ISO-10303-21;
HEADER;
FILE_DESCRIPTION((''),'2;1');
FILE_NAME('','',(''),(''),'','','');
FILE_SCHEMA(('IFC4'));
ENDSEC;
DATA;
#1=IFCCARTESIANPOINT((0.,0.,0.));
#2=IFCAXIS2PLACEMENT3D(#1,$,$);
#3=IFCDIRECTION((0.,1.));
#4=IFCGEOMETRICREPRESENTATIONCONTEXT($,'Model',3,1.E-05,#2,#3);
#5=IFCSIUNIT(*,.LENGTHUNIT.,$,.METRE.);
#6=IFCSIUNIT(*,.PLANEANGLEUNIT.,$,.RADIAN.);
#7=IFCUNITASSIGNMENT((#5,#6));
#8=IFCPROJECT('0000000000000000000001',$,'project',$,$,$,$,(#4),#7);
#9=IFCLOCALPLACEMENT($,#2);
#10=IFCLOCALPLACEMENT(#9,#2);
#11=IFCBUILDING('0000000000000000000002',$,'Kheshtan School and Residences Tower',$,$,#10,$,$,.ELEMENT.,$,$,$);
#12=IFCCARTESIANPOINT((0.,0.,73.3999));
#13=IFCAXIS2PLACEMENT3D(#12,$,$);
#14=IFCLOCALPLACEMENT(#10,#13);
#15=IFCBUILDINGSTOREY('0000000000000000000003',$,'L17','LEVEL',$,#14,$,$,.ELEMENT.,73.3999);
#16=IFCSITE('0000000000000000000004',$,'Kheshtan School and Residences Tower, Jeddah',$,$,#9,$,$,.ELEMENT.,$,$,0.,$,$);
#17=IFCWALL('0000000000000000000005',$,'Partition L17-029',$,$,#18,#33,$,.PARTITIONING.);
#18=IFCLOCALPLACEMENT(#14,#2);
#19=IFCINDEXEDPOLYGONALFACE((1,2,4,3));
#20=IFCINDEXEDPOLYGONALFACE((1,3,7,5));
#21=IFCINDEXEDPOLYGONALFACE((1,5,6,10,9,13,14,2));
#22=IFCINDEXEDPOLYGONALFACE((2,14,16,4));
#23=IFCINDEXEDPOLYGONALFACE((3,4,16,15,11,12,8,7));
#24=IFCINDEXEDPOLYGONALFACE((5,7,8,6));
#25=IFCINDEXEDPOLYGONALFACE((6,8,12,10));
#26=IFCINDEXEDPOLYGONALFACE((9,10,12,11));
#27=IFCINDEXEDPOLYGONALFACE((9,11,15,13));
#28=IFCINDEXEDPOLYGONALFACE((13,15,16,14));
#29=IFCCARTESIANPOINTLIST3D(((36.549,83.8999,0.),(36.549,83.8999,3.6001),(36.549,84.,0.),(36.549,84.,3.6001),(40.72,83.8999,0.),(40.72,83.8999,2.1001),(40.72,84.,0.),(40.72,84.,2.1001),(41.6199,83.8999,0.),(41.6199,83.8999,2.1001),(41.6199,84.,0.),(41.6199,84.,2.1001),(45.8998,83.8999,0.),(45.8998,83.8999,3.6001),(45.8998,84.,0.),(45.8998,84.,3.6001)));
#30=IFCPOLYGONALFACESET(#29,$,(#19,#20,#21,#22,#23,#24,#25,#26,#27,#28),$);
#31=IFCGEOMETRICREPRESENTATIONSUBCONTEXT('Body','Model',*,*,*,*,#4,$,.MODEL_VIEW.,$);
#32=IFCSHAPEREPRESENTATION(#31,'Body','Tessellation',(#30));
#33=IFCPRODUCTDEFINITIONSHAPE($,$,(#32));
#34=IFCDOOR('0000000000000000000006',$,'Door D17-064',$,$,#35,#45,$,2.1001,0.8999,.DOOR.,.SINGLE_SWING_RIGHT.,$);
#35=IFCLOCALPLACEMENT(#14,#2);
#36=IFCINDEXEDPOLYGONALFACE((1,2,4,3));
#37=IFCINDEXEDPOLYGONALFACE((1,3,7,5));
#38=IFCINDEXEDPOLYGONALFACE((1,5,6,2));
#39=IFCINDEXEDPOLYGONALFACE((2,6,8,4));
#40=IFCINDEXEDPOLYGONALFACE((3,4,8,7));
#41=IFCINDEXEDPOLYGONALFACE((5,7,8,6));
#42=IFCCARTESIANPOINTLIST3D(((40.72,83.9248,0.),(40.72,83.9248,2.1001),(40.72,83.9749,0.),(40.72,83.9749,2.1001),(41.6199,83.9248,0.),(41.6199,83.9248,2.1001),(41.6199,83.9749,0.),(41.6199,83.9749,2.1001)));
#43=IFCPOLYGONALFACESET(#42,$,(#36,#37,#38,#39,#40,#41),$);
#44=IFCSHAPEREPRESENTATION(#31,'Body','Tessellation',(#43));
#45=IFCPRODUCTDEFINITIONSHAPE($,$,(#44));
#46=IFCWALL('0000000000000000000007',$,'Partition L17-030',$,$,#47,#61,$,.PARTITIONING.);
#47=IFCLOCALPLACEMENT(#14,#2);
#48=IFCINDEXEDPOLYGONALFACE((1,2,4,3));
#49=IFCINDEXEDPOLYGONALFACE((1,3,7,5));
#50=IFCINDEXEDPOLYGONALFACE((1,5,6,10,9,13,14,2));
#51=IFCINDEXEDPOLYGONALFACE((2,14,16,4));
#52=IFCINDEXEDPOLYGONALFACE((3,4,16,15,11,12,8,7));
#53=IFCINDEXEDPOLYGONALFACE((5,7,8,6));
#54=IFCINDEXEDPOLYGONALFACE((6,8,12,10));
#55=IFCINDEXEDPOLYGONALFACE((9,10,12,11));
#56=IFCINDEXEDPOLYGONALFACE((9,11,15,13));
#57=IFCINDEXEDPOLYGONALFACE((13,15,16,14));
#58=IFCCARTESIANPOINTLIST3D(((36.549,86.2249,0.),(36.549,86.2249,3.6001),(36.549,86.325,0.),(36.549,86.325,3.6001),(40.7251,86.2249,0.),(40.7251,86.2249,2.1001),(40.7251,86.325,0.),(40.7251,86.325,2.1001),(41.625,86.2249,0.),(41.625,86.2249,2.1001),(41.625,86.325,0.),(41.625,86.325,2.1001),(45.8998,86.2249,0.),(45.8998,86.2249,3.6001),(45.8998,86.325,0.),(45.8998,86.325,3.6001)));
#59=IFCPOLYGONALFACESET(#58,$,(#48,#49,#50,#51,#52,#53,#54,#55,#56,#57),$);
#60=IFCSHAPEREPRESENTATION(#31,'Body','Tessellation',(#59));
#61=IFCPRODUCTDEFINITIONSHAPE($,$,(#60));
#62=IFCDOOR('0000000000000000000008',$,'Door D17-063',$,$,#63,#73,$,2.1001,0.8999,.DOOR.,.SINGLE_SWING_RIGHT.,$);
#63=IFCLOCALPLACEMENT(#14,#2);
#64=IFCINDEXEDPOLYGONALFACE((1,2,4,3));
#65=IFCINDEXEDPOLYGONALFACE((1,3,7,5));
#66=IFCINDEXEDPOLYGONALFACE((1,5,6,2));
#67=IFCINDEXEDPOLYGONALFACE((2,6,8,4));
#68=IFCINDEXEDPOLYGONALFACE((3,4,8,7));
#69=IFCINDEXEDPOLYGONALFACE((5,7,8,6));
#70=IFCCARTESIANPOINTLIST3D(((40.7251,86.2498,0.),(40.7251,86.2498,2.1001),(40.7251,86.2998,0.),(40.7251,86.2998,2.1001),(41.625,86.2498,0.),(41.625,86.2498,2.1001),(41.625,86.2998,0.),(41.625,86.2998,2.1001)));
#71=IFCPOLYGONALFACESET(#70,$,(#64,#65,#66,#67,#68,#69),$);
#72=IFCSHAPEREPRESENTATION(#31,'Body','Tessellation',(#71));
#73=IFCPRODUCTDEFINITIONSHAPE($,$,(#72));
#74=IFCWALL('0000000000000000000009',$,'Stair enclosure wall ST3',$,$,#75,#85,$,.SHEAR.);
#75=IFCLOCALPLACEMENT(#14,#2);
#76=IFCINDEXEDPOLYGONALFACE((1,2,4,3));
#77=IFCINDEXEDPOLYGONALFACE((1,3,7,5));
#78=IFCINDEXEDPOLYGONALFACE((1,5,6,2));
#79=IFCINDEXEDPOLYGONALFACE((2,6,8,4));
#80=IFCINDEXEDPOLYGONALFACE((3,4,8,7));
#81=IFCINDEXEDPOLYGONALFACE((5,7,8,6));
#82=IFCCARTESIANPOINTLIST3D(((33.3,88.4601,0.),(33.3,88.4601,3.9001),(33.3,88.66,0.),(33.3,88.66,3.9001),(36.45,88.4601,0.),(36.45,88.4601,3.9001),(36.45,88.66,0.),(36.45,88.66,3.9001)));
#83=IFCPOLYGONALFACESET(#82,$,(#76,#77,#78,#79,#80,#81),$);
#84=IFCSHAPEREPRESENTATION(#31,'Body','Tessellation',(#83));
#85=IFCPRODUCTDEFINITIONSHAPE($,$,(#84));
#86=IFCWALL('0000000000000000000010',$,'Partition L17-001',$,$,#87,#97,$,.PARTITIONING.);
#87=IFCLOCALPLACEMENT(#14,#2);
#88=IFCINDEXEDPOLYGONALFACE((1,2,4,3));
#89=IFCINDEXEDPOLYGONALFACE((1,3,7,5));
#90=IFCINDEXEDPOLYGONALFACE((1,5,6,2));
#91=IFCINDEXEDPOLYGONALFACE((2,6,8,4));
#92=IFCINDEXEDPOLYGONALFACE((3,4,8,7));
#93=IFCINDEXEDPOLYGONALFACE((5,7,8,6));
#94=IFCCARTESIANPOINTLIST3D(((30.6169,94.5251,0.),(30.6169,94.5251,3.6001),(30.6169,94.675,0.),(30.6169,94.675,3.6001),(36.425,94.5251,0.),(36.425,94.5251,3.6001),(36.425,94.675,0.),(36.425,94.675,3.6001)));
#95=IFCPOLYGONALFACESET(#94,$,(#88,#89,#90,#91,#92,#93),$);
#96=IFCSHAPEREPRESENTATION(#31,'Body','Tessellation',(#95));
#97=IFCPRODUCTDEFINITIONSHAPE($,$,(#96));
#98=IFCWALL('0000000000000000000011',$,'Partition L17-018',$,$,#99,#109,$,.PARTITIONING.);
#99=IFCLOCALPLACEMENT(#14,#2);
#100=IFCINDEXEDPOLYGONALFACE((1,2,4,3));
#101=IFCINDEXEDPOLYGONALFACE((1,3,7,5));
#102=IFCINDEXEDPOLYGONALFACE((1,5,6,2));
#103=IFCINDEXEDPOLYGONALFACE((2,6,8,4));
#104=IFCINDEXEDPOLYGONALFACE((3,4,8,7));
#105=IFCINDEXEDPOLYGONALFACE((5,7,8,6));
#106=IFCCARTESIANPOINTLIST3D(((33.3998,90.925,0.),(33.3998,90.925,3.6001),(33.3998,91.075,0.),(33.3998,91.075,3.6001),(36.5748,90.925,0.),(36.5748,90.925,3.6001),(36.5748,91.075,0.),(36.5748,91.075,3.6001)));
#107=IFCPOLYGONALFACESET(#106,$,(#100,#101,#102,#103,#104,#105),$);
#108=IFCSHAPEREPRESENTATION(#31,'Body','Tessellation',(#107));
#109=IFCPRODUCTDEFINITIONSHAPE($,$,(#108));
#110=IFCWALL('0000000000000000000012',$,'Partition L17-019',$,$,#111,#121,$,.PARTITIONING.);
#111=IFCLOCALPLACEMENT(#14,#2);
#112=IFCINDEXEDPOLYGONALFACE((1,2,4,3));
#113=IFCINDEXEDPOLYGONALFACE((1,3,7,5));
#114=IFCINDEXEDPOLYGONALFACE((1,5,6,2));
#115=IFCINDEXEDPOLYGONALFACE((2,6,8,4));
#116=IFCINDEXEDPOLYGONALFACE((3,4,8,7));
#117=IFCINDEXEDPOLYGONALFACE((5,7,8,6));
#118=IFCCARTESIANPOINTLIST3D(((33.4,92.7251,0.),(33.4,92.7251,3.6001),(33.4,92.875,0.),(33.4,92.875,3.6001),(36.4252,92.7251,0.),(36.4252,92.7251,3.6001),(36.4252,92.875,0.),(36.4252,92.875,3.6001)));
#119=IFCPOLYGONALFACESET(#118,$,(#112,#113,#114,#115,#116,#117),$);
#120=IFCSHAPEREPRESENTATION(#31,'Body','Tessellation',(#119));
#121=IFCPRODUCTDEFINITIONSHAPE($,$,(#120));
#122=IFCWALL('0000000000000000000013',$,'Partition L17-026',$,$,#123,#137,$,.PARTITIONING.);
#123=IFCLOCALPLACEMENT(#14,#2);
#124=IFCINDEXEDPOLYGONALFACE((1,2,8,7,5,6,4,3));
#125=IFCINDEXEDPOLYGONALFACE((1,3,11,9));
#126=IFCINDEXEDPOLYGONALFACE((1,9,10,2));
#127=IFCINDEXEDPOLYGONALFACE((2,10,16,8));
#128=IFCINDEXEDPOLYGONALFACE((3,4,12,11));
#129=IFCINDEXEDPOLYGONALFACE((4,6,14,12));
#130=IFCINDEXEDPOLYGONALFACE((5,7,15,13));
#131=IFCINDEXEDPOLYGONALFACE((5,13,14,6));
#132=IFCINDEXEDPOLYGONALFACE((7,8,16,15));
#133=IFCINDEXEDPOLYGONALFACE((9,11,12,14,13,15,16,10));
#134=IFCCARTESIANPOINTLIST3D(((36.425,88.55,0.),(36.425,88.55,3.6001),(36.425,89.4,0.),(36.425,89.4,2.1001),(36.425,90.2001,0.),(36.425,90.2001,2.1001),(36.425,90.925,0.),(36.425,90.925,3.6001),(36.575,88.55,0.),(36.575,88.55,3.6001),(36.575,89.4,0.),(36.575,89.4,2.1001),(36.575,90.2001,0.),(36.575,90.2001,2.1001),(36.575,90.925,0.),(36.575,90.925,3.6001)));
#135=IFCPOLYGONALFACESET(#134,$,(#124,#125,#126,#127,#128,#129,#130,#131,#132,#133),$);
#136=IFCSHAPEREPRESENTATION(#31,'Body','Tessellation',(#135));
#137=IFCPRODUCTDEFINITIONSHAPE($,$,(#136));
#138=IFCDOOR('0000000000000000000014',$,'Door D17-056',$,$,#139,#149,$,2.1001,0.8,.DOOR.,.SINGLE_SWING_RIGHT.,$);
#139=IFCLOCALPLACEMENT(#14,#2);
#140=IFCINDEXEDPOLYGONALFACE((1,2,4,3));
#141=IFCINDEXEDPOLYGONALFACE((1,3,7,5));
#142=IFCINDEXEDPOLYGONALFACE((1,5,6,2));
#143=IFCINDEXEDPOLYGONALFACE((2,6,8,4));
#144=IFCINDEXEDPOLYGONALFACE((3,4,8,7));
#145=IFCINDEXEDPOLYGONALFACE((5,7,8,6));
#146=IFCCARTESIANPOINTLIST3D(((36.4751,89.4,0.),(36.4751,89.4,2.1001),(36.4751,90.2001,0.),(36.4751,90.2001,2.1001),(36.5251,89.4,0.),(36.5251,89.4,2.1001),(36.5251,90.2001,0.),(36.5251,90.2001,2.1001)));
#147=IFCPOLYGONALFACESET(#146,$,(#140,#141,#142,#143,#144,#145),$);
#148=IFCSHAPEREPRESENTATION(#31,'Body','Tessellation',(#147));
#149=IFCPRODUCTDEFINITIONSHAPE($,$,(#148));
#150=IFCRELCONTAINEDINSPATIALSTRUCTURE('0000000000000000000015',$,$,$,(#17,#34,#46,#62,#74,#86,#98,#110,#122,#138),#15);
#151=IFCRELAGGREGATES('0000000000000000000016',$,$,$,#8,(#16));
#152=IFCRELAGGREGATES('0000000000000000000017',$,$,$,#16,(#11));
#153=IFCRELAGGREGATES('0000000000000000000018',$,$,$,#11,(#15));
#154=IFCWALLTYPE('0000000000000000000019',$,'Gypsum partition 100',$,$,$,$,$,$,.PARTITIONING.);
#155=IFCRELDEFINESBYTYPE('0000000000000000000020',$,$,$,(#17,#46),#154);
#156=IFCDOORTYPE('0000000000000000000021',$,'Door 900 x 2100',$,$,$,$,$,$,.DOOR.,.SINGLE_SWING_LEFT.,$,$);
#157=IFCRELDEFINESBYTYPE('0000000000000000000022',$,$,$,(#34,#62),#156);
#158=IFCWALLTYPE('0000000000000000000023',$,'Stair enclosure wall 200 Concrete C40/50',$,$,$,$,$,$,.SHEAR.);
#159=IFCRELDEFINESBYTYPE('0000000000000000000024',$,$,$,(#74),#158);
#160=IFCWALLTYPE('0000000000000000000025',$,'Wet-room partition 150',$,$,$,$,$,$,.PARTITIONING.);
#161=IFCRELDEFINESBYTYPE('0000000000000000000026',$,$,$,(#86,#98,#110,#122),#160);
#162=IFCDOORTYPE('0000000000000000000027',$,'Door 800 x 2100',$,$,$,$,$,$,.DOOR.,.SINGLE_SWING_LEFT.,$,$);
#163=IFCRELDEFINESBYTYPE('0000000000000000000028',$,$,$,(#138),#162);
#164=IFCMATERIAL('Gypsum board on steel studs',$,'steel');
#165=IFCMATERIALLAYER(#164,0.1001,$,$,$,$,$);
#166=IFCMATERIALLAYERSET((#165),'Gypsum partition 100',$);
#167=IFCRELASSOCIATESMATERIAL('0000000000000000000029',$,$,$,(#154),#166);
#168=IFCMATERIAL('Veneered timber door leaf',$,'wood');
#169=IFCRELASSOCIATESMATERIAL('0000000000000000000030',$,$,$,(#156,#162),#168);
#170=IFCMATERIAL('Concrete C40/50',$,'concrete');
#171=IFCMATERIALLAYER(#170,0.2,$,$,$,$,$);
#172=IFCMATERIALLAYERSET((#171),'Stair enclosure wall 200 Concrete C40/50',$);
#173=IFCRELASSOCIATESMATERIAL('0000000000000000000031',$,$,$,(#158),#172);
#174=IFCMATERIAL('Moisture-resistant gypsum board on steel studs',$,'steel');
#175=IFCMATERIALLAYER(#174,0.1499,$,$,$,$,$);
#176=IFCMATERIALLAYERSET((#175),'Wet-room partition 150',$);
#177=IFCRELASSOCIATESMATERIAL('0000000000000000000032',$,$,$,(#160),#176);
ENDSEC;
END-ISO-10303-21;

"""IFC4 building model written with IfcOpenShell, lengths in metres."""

from ifc_helpers import new_model, si_unit, direction, frame, frame_2d, origin, place, context, subcontext, project, spatial, rectangle, extrude, source, transform, mapped, material, layer, layer_set, type_object, element, fill, save


model = new_model("IFC4")

# Units and contexts
model_context = context("Model", 3, precision=1e-05, world=origin(), true_north=direction((0.0, 1.0)))
body_context = subcontext(model_context, "Body", "Model", "MODEL_VIEW")
ifc_project = project(units=[si_unit("LENGTHUNIT", "METRE"), si_unit("PLANEANGLEUNIT", "RADIAN")], contexts=[model_context])

# Site, building, storey
site_placement = place(None, origin())
site = spatial("IfcSite", under=ifc_project, at=site_placement, Name="Kheshtan School and Residences Tower, Jeddah", CompositionType="ELEMENT", RefElevation=0.0)
building_placement = place(site_placement, origin())
building = spatial("IfcBuilding", under=site, at=building_placement, Name="Kheshtan School and Residences Tower", CompositionType="ELEMENT")
storey_placement = place(building_placement, frame((0.0, 0.0, 73.3999)))
storey = spatial("IfcBuildingStorey", under=building, at=storey_placement, Name="L17", Description="LEVEL", CompositionType="ELEMENT", Elevation=73.3999)

# Walls, openings, doors
ifc_material_1 = material(Name="Gypsum board on steel studs", Category="steel")
ifc_layer_1 = layer(ifc_material_1, 0.1001)
ifc_layer_set_1 = layer_set([ifc_layer_1], Name="Gypsum partition 100")
wall_type_1 = type_object("IfcWallType", Name="Gypsum partition 100", PredefinedType="PARTITIONING", material=ifc_layer_set_1)
wall_1_placement = place(storey_placement, frame((36.5491, 83.95, 0.0), z_axis=(0.0, 0.0, 1.0), x_axis=(1.0, 0.0, 0.0)))
wall_1 = element("IfcWall", 1, at=wall_1_placement, inside=storey, type_object=wall_type_1, Name="Partition L17-029", PredefinedType="PARTITIONING", context=body_context, shape_type="SweptSolid", body=[
    extrude(rectangle(XDim=9.3508, YDim=0.1001, at=frame_2d((4.6753, 0.0))), origin(), (0.0, 0.0, 1.0), 3.6001),
])
opening_1_placement = place(wall_1_placement, frame((4.1709, 0.0, 0.0)))
opening_1 = element("IfcOpeningElement", 2, at=opening_1_placement, cuts=wall_1, PredefinedType="OPENING", context=body_context, shape_type="SweptSolid", body=[
    extrude(rectangle(XDim=0.8999, YDim=2.1001, at=frame_2d((0.45, 1.05))), frame((0.0, 0.0601, 0.0), z_axis=(0.0, -1.0, 0.0), x_axis=(1.0, 0.0, 0.0)), (0.0, 0.0, 1.0), 0.1201),
])
ifc_material_2 = material(Name="Veneered timber door leaf", Category="wood")
door_type_1 = type_object("IfcDoorType", Name="Door 900 x 2100", OperationType="SINGLE_SWING_LEFT", PredefinedType="DOOR", material=ifc_material_2)
shared_shape_1 = source(origin(), body_context, "Body", "SweptSolid", [
    extrude(rectangle(XDim=0.8999, YDim=2.1001, at=frame_2d((0.45, 1.05))), frame((0.0, 0.0249, 0.0), z_axis=(0.0, -1.0, 0.0), x_axis=(1.0, 0.0, 0.0)), (0.0, 0.0, 1.0), 0.05),
])
door_1_placement = place(opening_1_placement, origin())
door_1 = element("IfcDoor", 3, at=door_1_placement, inside=storey, type_object=door_type_1, Name="Door D17-064", OperationType="SINGLE_SWING_RIGHT", OverallHeight=2.1001, OverallWidth=0.8999, PredefinedType="DOOR", context=body_context, shape_type="MappedRepresentation", body=[
    mapped(shared_shape_1, transform((0.0, 0.0, 0.0), x_axis=(1.0, 0.0, 0.0), y_axis=(0.0, 1.0, 0.0), z_axis=(0.0, 0.0, 1.0), scale=1.0)),
])
fill(opening_1, door_1)
wall_2_placement = place(storey_placement, frame((36.5491, 86.2749, 0.0), z_axis=(0.0, 0.0, 1.0), x_axis=(1.0, 0.0, 0.0)))
wall_2 = element("IfcWall", 4, at=wall_2_placement, inside=storey, type_object=wall_type_1, Name="Partition L17-030", PredefinedType="PARTITIONING", context=body_context, shape_type="SweptSolid", body=[
    extrude(rectangle(XDim=9.3508, YDim=0.1001, at=frame_2d((4.6753, 0.0))), origin(), (0.0, 0.0, 1.0), 3.6001),
])
opening_2_placement = place(wall_2_placement, frame((4.176, 0.0, 0.0)))
opening_2 = element("IfcOpeningElement", 5, at=opening_2_placement, cuts=wall_2, PredefinedType="OPENING", context=body_context, shape_type="SweptSolid", body=[
    extrude(rectangle(XDim=0.8999, YDim=2.1001, at=frame_2d((0.45, 1.05))), frame((0.0, 0.0601, 0.0), z_axis=(0.0, -1.0, 0.0), x_axis=(1.0, 0.0, 0.0)), (0.0, 0.0, 1.0), 0.1201),
])
door_2_placement = place(opening_2_placement, origin())
door_2 = element("IfcDoor", 6, at=door_2_placement, inside=storey, type_object=door_type_1, Name="Door D17-063", OperationType="SINGLE_SWING_RIGHT", OverallHeight=2.1001, OverallWidth=0.8999, PredefinedType="DOOR", context=body_context, shape_type="MappedRepresentation", body=[
    mapped(shared_shape_1, transform((0.0, 0.0, 0.0), x_axis=(1.0, 0.0, 0.0), y_axis=(0.0, 1.0, 0.0), z_axis=(0.0, 0.0, 1.0), scale=1.0)),
])
fill(opening_2, door_2)

# Walls
ifc_material_3 = material(Name="Concrete C40/50", Category="concrete")
ifc_layer_2 = layer(ifc_material_3, 0.2)
ifc_layer_set_2 = layer_set([ifc_layer_2], Name="Stair enclosure wall 200 Concrete C40/50")
wall_type_2 = type_object("IfcWallType", Name="Stair enclosure wall 200 Concrete C40/50", PredefinedType="SHEAR", material=ifc_layer_set_2)
wall_3_placement = place(storey_placement, frame((33.3, 88.5601, 0.0), z_axis=(0.0, 0.0, 1.0), x_axis=(1.0, 0.0, 0.0)))
element("IfcWall", 7, at=wall_3_placement, inside=storey, type_object=wall_type_2, Name="Stair enclosure wall ST3", PredefinedType="SHEAR", context=body_context, shape_type="SweptSolid", body=[
    extrude(rectangle(XDim=3.1499, YDim=0.2, at=frame_2d((1.575, 0.0))), origin(), (0.0, 0.0, 1.0), 3.9001),
])
ifc_material_4 = material(Name="Moisture-resistant gypsum board on steel studs", Category="steel")
ifc_layer_3 = layer(ifc_material_4, 0.1499)
ifc_layer_set_3 = layer_set([ifc_layer_3], Name="Wet-room partition 150")
wall_type_3 = type_object("IfcWallType", Name="Wet-room partition 150", PredefinedType="PARTITIONING", material=ifc_layer_set_3)
wall_4_placement = place(storey_placement, frame((30.6169, 94.6001, 0.0), z_axis=(0.0, 0.0, 1.0), x_axis=(1.0, 0.0, 0.0)))
element("IfcWall", 8, at=wall_4_placement, inside=storey, type_object=wall_type_3, Name="Partition L17-001", PredefinedType="PARTITIONING", context=body_context, shape_type="SweptSolid", body=[
    extrude(rectangle(XDim=5.8081, YDim=0.1499, at=frame_2d((2.9041, 0.0))), origin(), (0.0, 0.0, 1.0), 3.6001),
])
wall_5_placement = place(storey_placement, frame((33.3999, 91.0, 0.0), z_axis=(0.0, 0.0, 1.0), x_axis=(1.0, 0.0, 0.0)))
element("IfcWall", 9, at=wall_5_placement, inside=storey, type_object=wall_type_3, Name="Partition L17-018", PredefinedType="PARTITIONING", context=body_context, shape_type="SweptSolid", body=[
    extrude(rectangle(XDim=3.175, YDim=0.1499, at=frame_2d((1.5874, 0.0))), origin(), (0.0, 0.0, 1.0), 3.6001),
])
wall_6_placement = place(storey_placement, frame((33.3999, 92.8, 0.0), z_axis=(0.0, 0.0, 1.0), x_axis=(1.0, 0.0, 0.0)))
element("IfcWall", 10, at=wall_6_placement, inside=storey, type_object=wall_type_3, Name="Partition L17-019", PredefinedType="PARTITIONING", context=body_context, shape_type="SweptSolid", body=[
    extrude(rectangle(XDim=3.0251, YDim=0.1499, at=frame_2d((1.5127, 0.0))), origin(), (0.0, 0.0, 1.0), 3.6001),
])

# Wall, opening, door
wall_7_placement = place(storey_placement, frame((36.5, 88.55, 0.0), z_axis=(0.0, 0.0, 1.0), x_axis=(0.0, 1.0, 0.0)))
wall_7 = element("IfcWall", 11, at=wall_7_placement, inside=storey, type_object=wall_type_3, Name="Partition L17-026", PredefinedType="PARTITIONING", context=body_context, shape_type="SweptSolid", body=[
    extrude(rectangle(XDim=2.375, YDim=0.1499, at=frame_2d((1.1875, 0.0))), origin(), (0.0, 0.0, 1.0), 3.6001),
])
opening_3_placement = place(wall_7_placement, frame((0.8501, 0.0, 0.0)))
opening_3 = element("IfcOpeningElement", 12, at=opening_3_placement, cuts=wall_7, PredefinedType="OPENING", context=body_context, shape_type="SweptSolid", body=[
    extrude(rectangle(XDim=0.8, YDim=2.1001, at=frame_2d((0.3999, 1.05))), frame((0.0, 0.085, 0.0), z_axis=(0.0, -1.0, 0.0), x_axis=(1.0, 0.0, 0.0)), (0.0, 0.0, 1.0), 0.1699),
])
door_type_2 = type_object("IfcDoorType", Name="Door 800 x 2100", OperationType="SINGLE_SWING_LEFT", PredefinedType="DOOR", material=ifc_material_2)
shared_shape_2 = source(origin(), body_context, "Body", "SweptSolid", [
    extrude(rectangle(XDim=0.8, YDim=2.1001, at=frame_2d((0.3999, 1.05))), frame((0.0, 0.0249, 0.0), z_axis=(0.0, -1.0, 0.0), x_axis=(1.0, 0.0, 0.0)), (0.0, 0.0, 1.0), 0.05),
])
door_3_placement = place(opening_3_placement, origin())
door_3 = element("IfcDoor", 13, at=door_3_placement, inside=storey, type_object=door_type_2, Name="Door D17-056", OperationType="SINGLE_SWING_RIGHT", OverallHeight=2.1001, OverallWidth=0.8, PredefinedType="DOOR", context=body_context, shape_type="MappedRepresentation", body=[
    mapped(shared_shape_2, transform((0.0, 0.0, 0.0), x_axis=(1.0, 0.0, 0.0), y_axis=(0.0, 1.0, 0.0), z_axis=(0.0, 0.0, 1.0), scale=1.0)),
])
fill(opening_3, door_3)

save(model, "model.ifc")
